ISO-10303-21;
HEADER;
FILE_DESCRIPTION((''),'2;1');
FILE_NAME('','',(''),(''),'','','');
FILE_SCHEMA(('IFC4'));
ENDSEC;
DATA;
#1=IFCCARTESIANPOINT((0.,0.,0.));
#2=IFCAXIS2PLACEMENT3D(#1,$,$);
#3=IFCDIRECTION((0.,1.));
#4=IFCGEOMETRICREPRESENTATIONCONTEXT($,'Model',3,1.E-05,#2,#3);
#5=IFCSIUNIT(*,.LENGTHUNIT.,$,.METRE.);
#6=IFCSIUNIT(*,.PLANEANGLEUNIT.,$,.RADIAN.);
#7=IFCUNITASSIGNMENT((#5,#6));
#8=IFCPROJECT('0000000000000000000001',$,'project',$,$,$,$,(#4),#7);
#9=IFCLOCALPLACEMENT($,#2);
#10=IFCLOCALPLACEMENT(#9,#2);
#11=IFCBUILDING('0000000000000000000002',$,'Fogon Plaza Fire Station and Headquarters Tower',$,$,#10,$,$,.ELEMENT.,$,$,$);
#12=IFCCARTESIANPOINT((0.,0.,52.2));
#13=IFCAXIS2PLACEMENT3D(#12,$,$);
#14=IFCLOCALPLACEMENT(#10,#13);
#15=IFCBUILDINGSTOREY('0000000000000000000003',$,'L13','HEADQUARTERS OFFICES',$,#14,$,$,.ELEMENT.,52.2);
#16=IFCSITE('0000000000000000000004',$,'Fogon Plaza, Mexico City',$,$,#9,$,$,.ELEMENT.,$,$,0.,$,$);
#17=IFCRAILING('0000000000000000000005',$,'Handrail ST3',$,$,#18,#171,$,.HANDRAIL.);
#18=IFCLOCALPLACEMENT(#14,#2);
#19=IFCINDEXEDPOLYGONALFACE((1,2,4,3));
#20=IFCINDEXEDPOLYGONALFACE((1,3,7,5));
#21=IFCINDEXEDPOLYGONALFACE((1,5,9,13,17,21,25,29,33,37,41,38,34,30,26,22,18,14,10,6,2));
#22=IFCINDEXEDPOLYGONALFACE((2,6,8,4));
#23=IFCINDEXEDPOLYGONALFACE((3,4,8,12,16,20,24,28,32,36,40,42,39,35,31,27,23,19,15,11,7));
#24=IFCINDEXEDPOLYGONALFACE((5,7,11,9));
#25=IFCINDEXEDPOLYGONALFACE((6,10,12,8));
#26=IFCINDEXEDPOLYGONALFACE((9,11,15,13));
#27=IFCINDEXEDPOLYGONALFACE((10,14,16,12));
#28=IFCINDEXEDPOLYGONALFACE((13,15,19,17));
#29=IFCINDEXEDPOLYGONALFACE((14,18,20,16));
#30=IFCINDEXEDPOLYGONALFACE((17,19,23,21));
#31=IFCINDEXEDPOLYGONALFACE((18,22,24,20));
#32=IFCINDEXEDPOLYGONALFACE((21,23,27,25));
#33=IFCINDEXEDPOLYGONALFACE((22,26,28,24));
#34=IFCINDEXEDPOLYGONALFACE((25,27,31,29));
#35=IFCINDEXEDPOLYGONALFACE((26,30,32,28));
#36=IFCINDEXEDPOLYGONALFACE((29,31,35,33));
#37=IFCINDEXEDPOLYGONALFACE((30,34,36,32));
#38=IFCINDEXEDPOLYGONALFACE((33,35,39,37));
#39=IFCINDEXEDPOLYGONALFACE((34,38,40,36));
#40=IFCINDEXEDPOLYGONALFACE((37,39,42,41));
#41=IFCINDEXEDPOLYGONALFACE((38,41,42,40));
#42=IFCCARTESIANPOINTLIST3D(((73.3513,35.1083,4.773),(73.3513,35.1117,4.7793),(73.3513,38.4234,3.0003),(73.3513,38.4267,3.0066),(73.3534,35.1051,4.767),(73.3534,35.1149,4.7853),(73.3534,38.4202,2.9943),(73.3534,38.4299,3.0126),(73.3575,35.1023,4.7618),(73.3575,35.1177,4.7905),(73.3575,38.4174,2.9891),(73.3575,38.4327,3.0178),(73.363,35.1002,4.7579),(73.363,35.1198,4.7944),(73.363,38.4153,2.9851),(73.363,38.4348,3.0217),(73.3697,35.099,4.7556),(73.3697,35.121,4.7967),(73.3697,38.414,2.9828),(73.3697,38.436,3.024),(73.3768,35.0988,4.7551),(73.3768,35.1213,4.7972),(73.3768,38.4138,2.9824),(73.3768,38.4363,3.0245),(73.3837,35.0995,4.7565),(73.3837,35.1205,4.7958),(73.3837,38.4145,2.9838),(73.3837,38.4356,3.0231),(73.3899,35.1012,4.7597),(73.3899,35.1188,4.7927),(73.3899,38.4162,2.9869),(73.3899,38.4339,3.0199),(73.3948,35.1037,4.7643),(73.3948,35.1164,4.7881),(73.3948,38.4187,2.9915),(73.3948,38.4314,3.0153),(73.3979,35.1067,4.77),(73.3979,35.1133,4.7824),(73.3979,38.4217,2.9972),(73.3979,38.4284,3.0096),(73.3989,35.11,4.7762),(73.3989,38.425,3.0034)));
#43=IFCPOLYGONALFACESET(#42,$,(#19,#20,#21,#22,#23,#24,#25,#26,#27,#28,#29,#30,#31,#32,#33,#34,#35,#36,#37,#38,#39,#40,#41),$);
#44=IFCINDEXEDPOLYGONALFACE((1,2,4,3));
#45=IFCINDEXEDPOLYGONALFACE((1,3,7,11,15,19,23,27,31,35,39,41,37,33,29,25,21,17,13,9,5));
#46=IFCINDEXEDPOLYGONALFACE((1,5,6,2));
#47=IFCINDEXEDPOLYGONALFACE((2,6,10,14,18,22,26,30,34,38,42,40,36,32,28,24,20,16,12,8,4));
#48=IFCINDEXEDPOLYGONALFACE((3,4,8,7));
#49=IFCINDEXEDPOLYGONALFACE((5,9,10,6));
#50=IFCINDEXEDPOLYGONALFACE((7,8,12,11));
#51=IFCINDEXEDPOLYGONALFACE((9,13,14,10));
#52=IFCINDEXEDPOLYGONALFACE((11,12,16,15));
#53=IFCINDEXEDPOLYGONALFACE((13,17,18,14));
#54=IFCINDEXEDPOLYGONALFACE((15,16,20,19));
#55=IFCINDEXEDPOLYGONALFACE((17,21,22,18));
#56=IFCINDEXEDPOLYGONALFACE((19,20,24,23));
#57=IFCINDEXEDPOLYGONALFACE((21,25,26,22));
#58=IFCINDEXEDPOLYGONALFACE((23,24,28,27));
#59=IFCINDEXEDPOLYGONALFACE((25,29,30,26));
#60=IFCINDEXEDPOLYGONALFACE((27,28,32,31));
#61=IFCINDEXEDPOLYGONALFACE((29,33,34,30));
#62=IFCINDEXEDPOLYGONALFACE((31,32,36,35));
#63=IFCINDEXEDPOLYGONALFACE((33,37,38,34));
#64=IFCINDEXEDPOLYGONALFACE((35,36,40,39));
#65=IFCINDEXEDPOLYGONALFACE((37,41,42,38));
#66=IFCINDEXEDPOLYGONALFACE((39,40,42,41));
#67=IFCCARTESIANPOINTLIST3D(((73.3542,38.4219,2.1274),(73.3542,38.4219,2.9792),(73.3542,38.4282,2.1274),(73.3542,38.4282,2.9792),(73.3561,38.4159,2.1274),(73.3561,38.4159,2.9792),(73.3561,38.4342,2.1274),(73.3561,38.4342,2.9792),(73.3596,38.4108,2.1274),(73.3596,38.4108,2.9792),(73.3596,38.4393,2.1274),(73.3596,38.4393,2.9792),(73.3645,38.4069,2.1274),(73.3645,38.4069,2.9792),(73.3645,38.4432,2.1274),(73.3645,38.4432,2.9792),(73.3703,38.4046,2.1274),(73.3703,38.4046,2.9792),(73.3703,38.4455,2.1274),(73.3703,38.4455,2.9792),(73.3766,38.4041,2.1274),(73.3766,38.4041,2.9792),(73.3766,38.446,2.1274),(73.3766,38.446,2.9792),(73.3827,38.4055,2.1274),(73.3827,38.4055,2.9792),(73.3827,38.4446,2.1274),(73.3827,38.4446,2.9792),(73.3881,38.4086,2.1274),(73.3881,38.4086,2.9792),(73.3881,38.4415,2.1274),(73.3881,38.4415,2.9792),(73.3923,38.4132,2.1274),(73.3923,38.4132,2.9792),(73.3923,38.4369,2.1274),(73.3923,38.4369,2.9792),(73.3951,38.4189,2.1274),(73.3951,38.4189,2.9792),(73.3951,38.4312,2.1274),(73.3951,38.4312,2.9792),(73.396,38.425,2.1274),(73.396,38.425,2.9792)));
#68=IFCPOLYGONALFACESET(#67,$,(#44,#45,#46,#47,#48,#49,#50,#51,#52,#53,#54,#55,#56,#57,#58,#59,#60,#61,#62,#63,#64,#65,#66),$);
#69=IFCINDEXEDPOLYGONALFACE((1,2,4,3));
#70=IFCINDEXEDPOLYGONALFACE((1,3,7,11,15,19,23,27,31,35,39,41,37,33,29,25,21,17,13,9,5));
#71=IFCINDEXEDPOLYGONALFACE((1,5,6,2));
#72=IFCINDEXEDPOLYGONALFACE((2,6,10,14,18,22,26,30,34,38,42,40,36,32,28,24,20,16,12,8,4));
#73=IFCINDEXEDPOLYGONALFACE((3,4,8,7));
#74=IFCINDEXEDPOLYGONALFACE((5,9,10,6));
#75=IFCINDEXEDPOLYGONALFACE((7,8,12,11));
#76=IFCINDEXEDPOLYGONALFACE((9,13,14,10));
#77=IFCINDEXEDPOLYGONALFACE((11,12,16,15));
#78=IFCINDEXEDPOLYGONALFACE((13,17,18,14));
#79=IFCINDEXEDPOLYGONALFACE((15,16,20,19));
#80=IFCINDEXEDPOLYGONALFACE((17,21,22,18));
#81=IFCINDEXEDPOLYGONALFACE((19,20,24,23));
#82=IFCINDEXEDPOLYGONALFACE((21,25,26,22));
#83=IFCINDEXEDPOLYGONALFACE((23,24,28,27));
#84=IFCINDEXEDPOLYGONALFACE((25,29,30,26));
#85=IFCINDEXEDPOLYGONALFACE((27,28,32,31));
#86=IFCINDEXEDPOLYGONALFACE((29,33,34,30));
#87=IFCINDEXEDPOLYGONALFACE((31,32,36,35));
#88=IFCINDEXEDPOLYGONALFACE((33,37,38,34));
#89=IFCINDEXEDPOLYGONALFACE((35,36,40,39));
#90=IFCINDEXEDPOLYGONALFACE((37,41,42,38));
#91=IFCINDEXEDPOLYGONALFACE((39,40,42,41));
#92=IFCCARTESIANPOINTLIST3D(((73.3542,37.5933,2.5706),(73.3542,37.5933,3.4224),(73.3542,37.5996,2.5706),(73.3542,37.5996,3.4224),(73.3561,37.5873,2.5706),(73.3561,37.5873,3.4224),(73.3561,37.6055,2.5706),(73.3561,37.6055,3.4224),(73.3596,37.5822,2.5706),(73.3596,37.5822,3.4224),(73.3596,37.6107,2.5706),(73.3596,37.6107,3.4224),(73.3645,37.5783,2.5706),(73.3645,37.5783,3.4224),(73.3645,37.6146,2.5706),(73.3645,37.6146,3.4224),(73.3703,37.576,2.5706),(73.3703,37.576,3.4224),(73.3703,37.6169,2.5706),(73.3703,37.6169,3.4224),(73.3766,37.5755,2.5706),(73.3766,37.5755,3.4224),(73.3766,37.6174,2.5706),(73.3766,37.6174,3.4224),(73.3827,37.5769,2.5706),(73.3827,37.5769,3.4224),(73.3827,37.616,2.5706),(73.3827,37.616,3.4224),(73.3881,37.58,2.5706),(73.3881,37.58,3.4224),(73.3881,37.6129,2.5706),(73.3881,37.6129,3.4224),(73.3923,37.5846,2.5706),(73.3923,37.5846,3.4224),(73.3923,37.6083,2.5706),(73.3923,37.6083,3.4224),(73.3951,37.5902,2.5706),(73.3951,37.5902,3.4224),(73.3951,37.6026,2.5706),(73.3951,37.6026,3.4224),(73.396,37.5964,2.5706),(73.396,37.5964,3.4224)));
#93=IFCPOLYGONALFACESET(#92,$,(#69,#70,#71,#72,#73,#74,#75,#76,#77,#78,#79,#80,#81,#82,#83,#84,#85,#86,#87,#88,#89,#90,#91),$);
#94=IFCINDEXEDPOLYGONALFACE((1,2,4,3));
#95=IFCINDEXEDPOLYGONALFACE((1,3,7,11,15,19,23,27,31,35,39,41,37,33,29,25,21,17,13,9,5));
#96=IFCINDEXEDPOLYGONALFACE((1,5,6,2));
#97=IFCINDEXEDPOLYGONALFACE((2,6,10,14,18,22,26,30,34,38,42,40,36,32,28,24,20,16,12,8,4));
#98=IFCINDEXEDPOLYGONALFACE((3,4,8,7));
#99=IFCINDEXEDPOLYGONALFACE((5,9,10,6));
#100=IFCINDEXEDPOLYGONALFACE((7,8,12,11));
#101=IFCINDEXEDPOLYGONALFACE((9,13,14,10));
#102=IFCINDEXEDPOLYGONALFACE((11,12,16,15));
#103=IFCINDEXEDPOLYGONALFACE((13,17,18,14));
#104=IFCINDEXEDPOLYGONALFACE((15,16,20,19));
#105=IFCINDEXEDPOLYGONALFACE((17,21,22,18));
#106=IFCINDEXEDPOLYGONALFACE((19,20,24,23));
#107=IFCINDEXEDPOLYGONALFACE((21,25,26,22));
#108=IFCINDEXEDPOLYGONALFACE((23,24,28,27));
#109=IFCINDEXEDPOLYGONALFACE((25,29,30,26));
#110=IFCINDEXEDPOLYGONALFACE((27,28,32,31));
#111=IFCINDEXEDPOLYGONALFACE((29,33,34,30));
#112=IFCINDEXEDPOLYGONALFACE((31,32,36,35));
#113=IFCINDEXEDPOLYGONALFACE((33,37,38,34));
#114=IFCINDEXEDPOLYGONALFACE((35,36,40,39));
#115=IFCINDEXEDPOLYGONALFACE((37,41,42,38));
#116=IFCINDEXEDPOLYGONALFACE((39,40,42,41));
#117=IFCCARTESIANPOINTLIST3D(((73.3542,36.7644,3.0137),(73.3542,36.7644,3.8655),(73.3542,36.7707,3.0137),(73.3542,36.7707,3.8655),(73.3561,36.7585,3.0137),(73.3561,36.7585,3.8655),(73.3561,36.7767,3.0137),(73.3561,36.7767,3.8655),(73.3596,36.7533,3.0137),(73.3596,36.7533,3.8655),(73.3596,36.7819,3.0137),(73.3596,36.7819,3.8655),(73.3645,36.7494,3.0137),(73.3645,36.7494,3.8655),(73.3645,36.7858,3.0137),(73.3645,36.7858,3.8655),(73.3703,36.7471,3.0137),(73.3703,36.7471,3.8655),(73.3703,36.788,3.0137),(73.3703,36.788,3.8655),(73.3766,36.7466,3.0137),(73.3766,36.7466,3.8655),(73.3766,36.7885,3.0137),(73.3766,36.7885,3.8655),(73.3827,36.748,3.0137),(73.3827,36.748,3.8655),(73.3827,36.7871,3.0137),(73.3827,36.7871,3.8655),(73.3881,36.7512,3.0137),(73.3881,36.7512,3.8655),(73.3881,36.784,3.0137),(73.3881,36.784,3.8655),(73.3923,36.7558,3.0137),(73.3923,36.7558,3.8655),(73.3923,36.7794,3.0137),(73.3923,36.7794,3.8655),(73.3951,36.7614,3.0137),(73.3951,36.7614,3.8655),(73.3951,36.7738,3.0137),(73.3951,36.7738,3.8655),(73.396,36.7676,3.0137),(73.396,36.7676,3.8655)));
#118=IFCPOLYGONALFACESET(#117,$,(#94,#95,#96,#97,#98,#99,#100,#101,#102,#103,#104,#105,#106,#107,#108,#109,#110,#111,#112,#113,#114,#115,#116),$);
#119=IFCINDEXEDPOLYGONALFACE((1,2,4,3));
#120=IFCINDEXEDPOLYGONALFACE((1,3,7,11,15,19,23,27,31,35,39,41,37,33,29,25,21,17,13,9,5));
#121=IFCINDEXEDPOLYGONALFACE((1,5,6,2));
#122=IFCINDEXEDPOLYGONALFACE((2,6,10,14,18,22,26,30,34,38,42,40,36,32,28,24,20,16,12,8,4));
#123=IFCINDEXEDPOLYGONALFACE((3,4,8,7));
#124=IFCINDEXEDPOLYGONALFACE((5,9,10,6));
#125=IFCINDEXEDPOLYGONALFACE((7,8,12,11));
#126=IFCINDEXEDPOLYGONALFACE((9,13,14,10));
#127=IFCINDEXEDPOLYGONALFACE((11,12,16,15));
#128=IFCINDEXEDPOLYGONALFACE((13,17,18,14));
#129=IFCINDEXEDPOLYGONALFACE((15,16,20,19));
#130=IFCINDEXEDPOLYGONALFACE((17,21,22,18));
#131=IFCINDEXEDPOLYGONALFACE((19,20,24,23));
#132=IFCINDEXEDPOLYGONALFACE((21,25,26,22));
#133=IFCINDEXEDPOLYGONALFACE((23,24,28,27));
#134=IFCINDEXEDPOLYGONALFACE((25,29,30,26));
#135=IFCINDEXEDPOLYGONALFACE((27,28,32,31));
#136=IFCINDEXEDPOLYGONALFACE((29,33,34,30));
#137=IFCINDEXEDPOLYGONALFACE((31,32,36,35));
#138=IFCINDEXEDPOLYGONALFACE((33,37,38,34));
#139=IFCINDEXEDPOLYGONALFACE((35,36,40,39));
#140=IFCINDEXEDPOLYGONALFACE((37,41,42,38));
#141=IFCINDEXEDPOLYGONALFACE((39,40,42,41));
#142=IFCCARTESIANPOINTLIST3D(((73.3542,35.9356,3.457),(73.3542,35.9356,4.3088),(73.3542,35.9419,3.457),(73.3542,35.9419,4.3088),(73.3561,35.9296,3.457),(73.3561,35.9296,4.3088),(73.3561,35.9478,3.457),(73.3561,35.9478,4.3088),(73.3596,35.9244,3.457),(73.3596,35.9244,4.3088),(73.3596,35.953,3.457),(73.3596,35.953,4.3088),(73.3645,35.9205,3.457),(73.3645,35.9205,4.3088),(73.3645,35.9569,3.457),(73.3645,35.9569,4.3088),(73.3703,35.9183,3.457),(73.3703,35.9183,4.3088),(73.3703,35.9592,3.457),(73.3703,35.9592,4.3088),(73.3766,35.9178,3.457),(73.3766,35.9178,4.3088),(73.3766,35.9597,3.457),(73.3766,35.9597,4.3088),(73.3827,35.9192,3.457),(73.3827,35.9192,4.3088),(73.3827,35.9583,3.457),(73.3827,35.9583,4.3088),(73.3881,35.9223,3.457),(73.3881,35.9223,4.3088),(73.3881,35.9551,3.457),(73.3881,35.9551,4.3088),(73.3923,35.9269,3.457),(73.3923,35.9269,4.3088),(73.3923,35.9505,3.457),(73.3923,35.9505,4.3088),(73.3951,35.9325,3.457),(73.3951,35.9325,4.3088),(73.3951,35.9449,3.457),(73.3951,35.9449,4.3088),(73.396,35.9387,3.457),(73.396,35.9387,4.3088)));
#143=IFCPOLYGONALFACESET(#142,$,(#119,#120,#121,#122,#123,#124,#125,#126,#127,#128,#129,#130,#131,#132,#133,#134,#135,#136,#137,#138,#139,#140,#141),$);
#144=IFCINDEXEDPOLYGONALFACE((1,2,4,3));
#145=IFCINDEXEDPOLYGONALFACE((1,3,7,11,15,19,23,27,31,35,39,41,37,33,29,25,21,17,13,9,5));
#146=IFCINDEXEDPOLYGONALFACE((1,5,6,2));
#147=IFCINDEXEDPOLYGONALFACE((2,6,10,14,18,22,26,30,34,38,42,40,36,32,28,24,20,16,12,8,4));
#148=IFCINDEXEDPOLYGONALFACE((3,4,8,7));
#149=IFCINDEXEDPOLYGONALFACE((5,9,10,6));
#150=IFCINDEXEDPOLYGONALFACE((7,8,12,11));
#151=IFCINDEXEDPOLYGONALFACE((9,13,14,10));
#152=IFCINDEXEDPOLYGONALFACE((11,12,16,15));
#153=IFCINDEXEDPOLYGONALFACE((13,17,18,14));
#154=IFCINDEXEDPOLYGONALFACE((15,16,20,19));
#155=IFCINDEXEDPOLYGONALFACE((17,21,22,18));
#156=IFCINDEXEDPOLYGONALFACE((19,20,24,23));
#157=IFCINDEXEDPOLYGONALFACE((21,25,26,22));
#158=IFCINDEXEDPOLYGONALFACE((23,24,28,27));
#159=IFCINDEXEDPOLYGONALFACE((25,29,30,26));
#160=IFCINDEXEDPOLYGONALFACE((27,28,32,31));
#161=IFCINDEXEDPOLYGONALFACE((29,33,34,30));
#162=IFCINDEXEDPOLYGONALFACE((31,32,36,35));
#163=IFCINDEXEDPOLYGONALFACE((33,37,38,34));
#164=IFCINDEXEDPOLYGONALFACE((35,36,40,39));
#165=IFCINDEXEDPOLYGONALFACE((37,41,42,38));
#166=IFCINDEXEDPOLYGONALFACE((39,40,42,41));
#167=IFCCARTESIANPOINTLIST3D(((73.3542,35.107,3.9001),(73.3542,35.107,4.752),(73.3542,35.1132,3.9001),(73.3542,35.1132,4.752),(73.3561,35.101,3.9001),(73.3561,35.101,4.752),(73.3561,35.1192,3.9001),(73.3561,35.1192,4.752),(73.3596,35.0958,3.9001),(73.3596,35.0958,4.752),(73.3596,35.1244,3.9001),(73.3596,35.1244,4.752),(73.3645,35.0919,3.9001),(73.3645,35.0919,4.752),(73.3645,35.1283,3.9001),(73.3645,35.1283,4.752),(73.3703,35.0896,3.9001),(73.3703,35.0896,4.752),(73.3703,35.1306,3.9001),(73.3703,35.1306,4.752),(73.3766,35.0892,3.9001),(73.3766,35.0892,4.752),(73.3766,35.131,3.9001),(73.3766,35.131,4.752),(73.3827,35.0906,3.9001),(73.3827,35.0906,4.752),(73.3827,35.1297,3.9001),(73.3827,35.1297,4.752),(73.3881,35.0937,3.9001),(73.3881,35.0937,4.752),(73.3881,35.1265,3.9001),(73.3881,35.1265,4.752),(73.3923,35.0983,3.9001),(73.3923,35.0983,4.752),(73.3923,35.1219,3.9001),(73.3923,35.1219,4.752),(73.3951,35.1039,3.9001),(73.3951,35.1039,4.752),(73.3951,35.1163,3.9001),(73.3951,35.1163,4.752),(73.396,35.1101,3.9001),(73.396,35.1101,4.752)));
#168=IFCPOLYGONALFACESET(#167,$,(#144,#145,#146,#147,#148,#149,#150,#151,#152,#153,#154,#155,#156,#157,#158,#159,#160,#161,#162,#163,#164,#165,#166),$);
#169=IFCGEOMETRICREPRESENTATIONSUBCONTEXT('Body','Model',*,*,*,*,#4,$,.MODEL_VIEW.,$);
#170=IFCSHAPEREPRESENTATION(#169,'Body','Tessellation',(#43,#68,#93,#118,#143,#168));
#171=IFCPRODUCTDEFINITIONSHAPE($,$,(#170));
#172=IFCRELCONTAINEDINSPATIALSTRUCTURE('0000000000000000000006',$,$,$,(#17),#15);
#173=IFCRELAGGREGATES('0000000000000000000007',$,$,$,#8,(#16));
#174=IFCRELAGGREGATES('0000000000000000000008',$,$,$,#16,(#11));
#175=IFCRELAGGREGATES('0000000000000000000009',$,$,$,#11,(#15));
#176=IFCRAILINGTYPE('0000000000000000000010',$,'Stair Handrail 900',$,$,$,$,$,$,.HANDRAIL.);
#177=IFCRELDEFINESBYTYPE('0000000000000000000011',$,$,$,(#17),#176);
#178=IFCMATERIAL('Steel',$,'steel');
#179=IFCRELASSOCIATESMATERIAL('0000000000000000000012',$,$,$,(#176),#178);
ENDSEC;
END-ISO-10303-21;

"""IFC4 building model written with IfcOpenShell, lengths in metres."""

from ifc_helpers import new_model, si_unit, direction, frame, origin, origin_2d, place, context, subcontext, project, spatial, circle, extrude, material, type_object, element, save


model = new_model("IFC4")

# Units and contexts
model_context = context("Model", 3, precision=1e-05, world=origin(), true_north=direction((0.0, 1.0)))
body_context = subcontext(model_context, "Body", "Model", "MODEL_VIEW")
ifc_project = project(units=[si_unit("LENGTHUNIT", "METRE"), si_unit("PLANEANGLEUNIT", "RADIAN")], contexts=[model_context])

# Site, building, storey
site_placement = place(None, origin())
site = spatial("IfcSite", under=ifc_project, at=site_placement, Name="Fogon Plaza, Mexico City", CompositionType="ELEMENT", RefElevation=0.0)
building_placement = place(site_placement, origin())
building = spatial("IfcBuilding", under=site, at=building_placement, Name="Fogon Plaza Fire Station and Headquarters Tower", CompositionType="ELEMENT")
storey_placement = place(building_placement, frame((0.0, 0.0, 52.2)))
storey = spatial("IfcBuildingStorey", under=building, at=storey_placement, Name="L13", Description="HEADQUARTERS OFFICES", CompositionType="ELEMENT", Elevation=52.2)

# Railing
ifc_material_1 = material(Name="Steel", Category="steel")
railing_type = type_object("IfcRailingType", Name="Stair Handrail 900", PredefinedType="HANDRAIL", material=ifc_material_1)
for number, where, name in (
    (1, (73.375, 38.425, 2.1274), "Handrail ST3"),
):
    element("IfcRailing", number, at=place(storey_placement, frame(where)), inside=storey, type_object=railing_type, Name=name, PredefinedType="HANDRAIL", context=body_context, shape_type="SweptSolid", body=[
        extrude(circle(Radius=0.0239, at=origin_2d()), frame((0.0, 0.0, 0.876), z_axis=(0.0, -0.881829, 0.471569), x_axis=(1.0, 0.0, 0.0)), (0.0, 0.0, 1.0), 3.7593),
        extrude(circle(Radius=0.021, at=origin_2d()), origin(), (0.0, 0.0, 1.0), 0.8518),
        extrude(circle(Radius=0.021, at=origin_2d()), frame((0.0, -0.8286, 0.4431)), (0.0, 0.0, 1.0), 0.8518),
        extrude(circle(Radius=0.021, at=origin_2d()), frame((0.0, -1.6575, 0.8862)), (0.0, 0.0, 1.0), 0.8518),
        extrude(circle(Radius=0.021, at=origin_2d()), frame((0.0, -2.4863, 1.3296)), (0.0, 0.0, 1.0), 0.8518),
        extrude(circle(Radius=0.021, at=origin_2d()), frame((0.0, -3.3149, 1.7727)), (0.0, 0.0, 1.0), 0.8518),
    ])

save(model, "model.ifc")
